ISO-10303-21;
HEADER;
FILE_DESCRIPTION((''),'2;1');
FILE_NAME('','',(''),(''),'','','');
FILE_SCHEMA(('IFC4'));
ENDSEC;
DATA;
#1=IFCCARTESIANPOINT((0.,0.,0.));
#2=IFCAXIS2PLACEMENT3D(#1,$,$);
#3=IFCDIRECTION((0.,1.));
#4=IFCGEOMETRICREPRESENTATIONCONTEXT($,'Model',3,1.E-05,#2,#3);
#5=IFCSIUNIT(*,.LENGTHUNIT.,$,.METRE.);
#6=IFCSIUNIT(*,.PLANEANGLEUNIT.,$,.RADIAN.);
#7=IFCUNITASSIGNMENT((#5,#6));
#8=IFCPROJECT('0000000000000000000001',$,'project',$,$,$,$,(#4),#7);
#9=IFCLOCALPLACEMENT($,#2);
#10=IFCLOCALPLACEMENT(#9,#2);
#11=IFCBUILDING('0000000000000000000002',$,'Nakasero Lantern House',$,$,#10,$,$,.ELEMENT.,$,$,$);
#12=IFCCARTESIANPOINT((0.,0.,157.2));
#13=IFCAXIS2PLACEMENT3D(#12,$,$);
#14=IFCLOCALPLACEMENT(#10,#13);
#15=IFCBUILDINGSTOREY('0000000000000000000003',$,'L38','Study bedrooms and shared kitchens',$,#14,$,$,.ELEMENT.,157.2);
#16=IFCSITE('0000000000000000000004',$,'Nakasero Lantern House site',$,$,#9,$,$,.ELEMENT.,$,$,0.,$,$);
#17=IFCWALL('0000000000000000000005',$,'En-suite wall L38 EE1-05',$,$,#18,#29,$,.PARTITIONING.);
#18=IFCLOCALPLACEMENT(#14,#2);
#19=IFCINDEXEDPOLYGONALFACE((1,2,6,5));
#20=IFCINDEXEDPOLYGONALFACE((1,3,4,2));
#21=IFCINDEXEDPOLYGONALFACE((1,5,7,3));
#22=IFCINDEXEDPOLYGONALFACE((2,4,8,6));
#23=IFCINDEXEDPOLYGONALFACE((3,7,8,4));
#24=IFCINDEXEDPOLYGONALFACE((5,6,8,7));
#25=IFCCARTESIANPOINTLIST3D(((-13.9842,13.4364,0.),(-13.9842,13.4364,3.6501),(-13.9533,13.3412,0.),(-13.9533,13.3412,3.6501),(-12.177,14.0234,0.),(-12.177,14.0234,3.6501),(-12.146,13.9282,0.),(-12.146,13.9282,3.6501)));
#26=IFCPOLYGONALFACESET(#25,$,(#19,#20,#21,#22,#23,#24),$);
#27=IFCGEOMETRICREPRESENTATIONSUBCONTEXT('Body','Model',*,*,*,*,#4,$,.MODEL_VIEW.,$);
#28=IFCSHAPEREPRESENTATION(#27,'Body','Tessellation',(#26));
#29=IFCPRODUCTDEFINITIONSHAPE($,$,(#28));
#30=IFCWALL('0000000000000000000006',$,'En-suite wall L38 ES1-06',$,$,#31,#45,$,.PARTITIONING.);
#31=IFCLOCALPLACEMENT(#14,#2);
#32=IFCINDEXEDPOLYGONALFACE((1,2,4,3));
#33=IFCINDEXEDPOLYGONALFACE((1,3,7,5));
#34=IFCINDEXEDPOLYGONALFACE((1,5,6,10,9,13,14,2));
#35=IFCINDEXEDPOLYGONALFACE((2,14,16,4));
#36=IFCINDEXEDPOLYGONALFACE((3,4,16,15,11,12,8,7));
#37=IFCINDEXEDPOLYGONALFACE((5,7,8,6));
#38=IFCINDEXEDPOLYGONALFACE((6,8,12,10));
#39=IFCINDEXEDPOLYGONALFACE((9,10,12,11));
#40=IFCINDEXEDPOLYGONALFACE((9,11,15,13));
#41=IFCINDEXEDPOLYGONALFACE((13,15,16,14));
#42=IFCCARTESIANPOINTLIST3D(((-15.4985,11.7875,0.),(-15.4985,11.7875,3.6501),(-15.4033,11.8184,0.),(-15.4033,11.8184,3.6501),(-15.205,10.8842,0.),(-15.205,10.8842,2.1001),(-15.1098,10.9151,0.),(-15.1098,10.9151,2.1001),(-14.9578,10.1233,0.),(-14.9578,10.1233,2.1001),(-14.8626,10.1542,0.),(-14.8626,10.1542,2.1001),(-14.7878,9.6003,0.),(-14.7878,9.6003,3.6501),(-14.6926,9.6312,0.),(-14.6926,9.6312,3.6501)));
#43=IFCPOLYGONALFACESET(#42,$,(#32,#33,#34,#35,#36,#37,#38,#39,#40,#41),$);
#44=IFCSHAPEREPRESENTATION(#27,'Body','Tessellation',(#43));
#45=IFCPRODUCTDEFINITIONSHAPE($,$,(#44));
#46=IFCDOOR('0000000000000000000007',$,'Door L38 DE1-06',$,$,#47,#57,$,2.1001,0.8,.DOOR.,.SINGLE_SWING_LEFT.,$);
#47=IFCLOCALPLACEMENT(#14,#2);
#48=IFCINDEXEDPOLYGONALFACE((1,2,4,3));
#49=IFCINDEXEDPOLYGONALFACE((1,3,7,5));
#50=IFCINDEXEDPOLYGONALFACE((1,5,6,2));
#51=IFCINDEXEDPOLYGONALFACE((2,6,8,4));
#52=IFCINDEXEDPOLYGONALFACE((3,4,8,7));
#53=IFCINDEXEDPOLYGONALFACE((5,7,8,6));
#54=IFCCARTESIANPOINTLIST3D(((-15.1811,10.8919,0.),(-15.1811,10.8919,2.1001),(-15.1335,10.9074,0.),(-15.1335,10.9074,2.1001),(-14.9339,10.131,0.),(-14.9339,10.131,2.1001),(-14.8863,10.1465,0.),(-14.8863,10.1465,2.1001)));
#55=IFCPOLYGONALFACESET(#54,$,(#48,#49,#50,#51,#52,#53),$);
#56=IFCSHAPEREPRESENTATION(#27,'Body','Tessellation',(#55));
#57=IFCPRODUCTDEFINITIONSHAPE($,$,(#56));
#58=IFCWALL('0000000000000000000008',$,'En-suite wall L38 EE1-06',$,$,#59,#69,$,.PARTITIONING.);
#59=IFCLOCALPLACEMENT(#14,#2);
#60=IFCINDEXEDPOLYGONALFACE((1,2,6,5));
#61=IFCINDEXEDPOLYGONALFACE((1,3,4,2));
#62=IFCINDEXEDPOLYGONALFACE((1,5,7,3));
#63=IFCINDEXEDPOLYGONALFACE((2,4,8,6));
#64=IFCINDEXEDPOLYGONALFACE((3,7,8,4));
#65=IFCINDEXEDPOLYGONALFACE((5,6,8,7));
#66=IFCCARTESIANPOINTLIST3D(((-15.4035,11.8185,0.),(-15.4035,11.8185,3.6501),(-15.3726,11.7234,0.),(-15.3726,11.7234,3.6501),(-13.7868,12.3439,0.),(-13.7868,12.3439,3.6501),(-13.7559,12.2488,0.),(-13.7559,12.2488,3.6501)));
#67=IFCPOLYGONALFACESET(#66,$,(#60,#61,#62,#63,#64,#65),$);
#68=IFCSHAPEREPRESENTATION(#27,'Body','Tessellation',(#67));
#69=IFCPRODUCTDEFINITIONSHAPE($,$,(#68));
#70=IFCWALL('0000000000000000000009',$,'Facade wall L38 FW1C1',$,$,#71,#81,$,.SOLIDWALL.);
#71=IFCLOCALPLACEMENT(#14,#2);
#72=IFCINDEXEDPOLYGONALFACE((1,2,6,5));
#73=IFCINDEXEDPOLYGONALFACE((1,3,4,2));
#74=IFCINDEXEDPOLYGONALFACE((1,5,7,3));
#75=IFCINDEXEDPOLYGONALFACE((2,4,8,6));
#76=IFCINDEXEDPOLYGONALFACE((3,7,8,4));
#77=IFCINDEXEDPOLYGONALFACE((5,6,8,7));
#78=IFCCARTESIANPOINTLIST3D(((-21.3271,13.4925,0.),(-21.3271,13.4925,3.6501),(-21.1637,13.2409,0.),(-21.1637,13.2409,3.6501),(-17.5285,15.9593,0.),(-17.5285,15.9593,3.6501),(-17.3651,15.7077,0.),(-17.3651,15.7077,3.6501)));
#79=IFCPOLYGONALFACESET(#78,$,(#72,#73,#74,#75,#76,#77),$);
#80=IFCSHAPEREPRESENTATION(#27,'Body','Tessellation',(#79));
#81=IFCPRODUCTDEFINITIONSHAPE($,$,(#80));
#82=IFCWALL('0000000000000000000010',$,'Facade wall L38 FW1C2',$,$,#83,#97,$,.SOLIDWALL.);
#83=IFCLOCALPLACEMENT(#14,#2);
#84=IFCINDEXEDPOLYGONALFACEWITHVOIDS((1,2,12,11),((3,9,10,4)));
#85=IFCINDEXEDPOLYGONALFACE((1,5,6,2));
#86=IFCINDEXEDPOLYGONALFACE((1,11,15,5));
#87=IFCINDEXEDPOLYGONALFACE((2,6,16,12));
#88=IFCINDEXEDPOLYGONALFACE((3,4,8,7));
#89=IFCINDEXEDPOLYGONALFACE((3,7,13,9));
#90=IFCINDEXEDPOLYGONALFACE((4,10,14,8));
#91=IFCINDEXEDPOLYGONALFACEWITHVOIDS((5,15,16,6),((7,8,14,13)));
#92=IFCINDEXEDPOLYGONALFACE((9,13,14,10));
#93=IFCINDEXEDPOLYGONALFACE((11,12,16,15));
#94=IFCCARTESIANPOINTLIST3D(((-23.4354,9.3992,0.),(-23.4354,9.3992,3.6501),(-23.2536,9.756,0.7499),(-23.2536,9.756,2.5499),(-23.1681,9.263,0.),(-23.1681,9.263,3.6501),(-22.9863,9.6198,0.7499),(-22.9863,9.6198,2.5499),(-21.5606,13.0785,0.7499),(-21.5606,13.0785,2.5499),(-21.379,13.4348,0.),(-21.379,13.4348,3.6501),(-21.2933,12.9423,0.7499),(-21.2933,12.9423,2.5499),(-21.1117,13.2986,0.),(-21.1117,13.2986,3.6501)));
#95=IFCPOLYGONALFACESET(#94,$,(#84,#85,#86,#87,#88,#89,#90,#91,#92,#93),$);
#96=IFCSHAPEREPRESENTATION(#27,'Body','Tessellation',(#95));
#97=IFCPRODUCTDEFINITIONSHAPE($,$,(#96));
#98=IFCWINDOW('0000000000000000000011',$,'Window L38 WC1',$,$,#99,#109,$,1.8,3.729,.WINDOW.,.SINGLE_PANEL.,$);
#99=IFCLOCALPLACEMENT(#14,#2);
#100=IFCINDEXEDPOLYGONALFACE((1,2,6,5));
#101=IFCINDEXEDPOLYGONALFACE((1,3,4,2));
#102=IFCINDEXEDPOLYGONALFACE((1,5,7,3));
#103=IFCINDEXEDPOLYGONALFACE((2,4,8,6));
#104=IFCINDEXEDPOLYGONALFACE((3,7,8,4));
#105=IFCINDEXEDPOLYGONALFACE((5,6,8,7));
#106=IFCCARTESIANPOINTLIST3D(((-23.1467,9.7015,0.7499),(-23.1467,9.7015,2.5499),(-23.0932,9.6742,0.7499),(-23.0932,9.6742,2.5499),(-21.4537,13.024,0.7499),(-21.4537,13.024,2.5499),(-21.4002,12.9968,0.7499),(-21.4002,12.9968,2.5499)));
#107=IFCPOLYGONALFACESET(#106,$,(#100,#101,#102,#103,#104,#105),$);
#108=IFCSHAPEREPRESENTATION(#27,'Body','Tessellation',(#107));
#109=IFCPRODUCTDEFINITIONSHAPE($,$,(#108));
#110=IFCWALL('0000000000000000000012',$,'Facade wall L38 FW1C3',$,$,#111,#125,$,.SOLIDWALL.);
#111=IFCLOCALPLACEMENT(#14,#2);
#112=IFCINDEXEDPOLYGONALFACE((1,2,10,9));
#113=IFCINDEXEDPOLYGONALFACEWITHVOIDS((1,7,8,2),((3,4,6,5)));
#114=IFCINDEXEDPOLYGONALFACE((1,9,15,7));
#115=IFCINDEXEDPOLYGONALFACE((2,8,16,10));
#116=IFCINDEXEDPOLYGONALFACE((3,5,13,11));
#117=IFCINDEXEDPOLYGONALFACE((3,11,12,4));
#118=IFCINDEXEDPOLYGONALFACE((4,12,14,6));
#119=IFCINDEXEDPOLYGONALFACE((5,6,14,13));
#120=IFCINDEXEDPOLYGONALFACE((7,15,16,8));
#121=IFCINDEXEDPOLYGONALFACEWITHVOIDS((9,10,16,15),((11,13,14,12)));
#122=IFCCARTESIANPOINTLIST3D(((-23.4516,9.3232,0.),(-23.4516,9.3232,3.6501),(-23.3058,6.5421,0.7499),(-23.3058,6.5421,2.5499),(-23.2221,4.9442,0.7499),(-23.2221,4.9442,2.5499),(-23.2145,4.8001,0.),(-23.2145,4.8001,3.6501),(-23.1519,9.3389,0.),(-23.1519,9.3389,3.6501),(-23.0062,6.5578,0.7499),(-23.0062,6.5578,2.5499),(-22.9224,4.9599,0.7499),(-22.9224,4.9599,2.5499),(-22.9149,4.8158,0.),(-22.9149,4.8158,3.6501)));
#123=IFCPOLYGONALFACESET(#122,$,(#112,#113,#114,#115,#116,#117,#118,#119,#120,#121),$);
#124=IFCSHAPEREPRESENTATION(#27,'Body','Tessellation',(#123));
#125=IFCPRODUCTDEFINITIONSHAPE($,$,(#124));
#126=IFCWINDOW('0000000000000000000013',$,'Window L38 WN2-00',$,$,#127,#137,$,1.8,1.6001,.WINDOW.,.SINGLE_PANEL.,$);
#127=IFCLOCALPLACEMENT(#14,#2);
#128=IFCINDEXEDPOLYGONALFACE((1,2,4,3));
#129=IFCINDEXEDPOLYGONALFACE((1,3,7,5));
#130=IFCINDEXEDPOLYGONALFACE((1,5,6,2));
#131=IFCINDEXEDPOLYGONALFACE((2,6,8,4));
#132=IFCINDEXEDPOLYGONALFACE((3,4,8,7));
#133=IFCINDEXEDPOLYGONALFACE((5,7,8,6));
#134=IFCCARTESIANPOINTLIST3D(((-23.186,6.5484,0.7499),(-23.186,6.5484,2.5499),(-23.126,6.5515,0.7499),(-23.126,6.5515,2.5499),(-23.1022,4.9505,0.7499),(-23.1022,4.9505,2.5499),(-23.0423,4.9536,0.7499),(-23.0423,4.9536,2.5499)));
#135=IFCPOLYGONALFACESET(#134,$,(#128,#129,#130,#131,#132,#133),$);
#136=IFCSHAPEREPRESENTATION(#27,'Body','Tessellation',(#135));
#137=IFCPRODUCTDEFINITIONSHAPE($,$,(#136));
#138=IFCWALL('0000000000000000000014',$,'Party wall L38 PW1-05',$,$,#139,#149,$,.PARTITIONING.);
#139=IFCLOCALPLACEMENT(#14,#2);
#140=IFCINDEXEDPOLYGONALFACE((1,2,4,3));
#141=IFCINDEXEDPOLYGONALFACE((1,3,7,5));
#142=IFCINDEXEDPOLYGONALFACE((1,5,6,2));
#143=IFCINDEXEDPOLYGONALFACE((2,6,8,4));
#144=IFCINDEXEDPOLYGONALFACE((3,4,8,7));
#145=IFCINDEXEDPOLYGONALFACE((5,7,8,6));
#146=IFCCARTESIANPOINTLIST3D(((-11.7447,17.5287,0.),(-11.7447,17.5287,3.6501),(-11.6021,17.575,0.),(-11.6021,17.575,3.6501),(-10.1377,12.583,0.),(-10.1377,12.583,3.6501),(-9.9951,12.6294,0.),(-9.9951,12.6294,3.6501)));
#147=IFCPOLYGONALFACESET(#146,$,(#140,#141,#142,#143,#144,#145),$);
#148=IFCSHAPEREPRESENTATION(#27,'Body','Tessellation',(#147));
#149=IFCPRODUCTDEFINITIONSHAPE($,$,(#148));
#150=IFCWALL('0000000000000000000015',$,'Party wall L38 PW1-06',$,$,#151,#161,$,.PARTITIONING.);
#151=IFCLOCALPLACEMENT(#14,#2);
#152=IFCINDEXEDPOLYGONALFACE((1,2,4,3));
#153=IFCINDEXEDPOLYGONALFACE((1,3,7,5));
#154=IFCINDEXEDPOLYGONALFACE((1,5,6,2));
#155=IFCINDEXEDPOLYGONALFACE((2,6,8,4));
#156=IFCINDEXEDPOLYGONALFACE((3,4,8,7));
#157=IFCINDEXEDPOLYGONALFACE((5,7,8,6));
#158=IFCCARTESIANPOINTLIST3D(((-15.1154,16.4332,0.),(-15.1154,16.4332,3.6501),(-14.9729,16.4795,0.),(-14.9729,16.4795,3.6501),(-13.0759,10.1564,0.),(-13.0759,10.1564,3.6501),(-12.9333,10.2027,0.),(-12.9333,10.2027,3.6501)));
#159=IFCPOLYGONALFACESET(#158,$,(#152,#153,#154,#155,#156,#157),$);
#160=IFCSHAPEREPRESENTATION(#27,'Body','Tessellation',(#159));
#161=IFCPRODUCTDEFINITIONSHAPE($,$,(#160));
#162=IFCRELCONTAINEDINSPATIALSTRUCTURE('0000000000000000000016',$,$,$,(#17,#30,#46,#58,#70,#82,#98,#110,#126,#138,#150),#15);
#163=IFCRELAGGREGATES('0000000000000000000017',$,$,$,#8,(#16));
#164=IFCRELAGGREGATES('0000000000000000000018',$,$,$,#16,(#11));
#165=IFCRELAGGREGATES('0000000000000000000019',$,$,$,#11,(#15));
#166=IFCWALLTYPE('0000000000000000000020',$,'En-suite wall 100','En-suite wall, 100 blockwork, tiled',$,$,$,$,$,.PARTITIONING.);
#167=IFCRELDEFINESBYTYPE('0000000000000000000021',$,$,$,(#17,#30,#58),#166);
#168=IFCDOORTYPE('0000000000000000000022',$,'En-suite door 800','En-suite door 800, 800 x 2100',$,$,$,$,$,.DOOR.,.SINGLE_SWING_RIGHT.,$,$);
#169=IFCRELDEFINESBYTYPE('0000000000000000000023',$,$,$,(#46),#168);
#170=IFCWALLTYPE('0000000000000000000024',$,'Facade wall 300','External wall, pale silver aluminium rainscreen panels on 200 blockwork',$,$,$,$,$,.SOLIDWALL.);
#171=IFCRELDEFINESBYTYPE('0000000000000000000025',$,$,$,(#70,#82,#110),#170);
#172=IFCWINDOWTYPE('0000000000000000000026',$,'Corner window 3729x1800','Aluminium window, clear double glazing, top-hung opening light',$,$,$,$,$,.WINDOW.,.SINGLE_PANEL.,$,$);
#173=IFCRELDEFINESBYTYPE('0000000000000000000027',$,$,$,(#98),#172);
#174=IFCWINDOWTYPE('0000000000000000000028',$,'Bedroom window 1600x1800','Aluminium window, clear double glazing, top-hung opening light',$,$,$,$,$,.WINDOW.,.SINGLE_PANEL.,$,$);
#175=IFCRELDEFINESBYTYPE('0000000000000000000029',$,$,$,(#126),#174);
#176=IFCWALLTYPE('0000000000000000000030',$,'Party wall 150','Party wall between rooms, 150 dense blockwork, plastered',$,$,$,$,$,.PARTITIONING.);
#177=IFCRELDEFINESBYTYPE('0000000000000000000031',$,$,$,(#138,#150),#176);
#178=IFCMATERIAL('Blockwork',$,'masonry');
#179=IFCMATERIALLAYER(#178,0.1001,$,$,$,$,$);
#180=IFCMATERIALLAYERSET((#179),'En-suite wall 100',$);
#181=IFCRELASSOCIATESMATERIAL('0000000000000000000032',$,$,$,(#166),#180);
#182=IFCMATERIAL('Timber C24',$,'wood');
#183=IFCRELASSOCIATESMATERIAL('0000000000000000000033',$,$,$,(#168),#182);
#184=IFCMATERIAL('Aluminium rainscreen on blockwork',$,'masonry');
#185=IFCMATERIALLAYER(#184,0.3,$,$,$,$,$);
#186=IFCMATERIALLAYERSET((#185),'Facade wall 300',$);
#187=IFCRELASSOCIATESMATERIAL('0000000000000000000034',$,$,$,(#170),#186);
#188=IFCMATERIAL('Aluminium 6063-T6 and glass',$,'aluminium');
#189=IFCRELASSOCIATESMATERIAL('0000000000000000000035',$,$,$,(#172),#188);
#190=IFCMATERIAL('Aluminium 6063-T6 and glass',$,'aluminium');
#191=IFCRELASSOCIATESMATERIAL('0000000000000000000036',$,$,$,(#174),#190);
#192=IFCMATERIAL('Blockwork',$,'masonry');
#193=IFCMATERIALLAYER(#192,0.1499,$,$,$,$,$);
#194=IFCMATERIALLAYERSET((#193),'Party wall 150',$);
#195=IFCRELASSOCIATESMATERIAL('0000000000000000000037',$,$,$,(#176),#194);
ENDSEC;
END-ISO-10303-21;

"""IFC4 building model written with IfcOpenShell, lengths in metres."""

from ifc_helpers import new_model, si_unit, direction, frame, frame_2d, origin, place, context, subcontext, project, spatial, rectangle, extrude, material, layer, layer_set, type_object, element, fill, save


model = new_model("IFC4")

# Units and contexts
model_context = context("Model", 3, precision=1e-05, world=origin(), true_north=direction((0.0, 1.0)))
body_context = subcontext(model_context, "Body", "Model", "MODEL_VIEW")
ifc_project = project(units=[si_unit("LENGTHUNIT", "METRE"), si_unit("PLANEANGLEUNIT", "RADIAN")], contexts=[model_context])

# Site, building, storey
site_placement = place(None, origin())
site = spatial("IfcSite", under=ifc_project, at=site_placement, Name="Nakasero Lantern House site", CompositionType="ELEMENT", RefElevation=0.0)
building_placement = place(site_placement, origin())
building = spatial("IfcBuilding", under=site, at=building_placement, Name="Nakasero Lantern House", CompositionType="ELEMENT")
storey_placement = place(building_placement, frame((0.0, 0.0, 157.2)))
storey = spatial("IfcBuildingStorey", under=building, at=storey_placement, Name="L38", Description="Study bedrooms and shared kitchens", CompositionType="ELEMENT", Elevation=157.2)

# Shared definitions
ifc_material_1 = material(Name="Blockwork", Category="masonry")
ifc_layer_1 = layer(ifc_material_1, 0.1001)
ifc_layer_set_1 = layer_set([ifc_layer_1], Name="En-suite wall 100")
wall_type_1 = type_object("IfcWallType", Name="En-suite wall 100", Description="En-suite wall, 100 blockwork, tiled", PredefinedType="PARTITIONING", material=ifc_layer_set_1)
ifc_material_2 = material(Name="Timber C24", Category="wood")
door_type_1 = type_object("IfcDoorType", Name="En-suite door 800", Description="En-suite door 800, 800 x 2100", OperationType="SINGLE_SWING_RIGHT", PredefinedType="DOOR", material=ifc_material_2)

# Wall
wall_1_placement = place(storey_placement, frame((-12.1614, 13.9758, 0.0), z_axis=(0.0, 0.0, 1.0), x_axis=(-0.951096, -0.308894, 0.0)))
element("IfcWall", 1, at=wall_1_placement, inside=storey, type_object=wall_type_1, Name="En-suite wall L38 EE1-05", PredefinedType="PARTITIONING", context=body_context, shape_type="SweptSolid", body=[
    extrude(rectangle(XDim=1.9001, YDim=0.1001, at=frame_2d((0.9502, 0.0))), origin(), (0.0, 0.0, 1.0), 3.6501),
])

# Wall, opening, door
wall_2_placement = place(storey_placement, frame((-14.7402, 9.6157, 0.0), z_axis=(0.0, 0.0, 1.0), x_axis=(-0.309021, 0.951055, 0.0)))
wall_2 = element("IfcWall", 2, at=wall_2_placement, inside=storey, type_object=wall_type_1, Name="En-suite wall L38 ES1-06", PredefinedType="PARTITIONING", context=body_context, shape_type="SweptSolid", body=[
    extrude(rectangle(XDim=2.2998, YDim=0.1001, at=frame_2d((1.1499, 0.0))), origin(), (0.0, 0.0, 1.0), 3.6501),
])
opening_1_placement = place(wall_2_placement, frame((0.55, 0.0, 0.0)))
opening_1 = element("IfcOpeningElement", 3, at=opening_1_placement, cuts=wall_2, PredefinedType="OPENING", context=body_context, shape_type="SweptSolid", body=[
    extrude(rectangle(XDim=0.8, YDim=2.1001, at=frame_2d((0.3999, 1.05))), frame((0.0, 0.0701, 0.0), z_axis=(0.0, -1.0, 0.0), x_axis=(1.0, 0.0, 0.0)), (0.0, 0.0, 1.0), 0.1401),
])
door_1_placement = place(opening_1_placement, origin())
door_1 = element("IfcDoor", 4, at=door_1_placement, inside=storey, type_object=door_type_1, Name="Door L38 DE1-06", OperationType="SINGLE_SWING_LEFT", OverallHeight=2.1001, OverallWidth=0.8, PredefinedType="DOOR", context=body_context, shape_type="SweptSolid", body=[
    extrude(rectangle(XDim=0.8, YDim=2.1001, at=frame_2d((0.3999, 1.05))), frame((0.0, 0.0249, 0.0), z_axis=(0.0, -1.0, 0.0), x_axis=(1.0, 0.0, 0.0)), (0.0, 0.0, 1.0), 0.05),
])
fill(opening_1, door_1)

# Walls
wall_3_placement = place(storey_placement, frame((-13.7712, 12.2964, 0.0), z_axis=(0.0, 0.0, 1.0), x_axis=(-0.95104, -0.309067, 0.0)))
element("IfcWall", 5, at=wall_3_placement, inside=storey, type_object=wall_type_1, Name="En-suite wall L38 EE1-06", PredefinedType="PARTITIONING", context=body_context, shape_type="SweptSolid", body=[
    extrude(rectangle(XDim=1.7, YDim=0.1001, at=frame_2d((0.8501, 0.0))), origin(), (0.0, 0.0, 1.0), 3.6501),
])
ifc_material_3 = material(Name="Aluminium rainscreen on blockwork", Category="masonry")
ifc_layer_2 = layer(ifc_material_3, 0.3)
ifc_layer_set_2 = layer_set([ifc_layer_2], Name="Facade wall 300")
wall_type_2 = type_object("IfcWallType", Name="Facade wall 300", Description="External wall, pale silver aluminium rainscreen panels on 200 blockwork", PredefinedType="SOLIDWALL", material=ifc_layer_set_2)
wall_4_placement = place(storey_placement, frame((-17.4468, 15.8335, 0.0), z_axis=(0.0, 0.0, 1.0), x_axis=(-0.838674, -0.544634, 0.0)))
element("IfcWall", 6, at=wall_4_placement, inside=storey, type_object=wall_type_2, Name="Facade wall L38 FW1C1", PredefinedType="SOLIDWALL", context=body_context, shape_type="SweptSolid", body=[
    extrude(rectangle(XDim=4.5293, YDim=0.3, at=frame_2d((2.2646, 0.0))), origin(), (0.0, 0.0, 1.0), 3.6501),
])

# Walls, openings, windows
wall_5_placement = place(storey_placement, frame((-21.2454, 13.3667, 0.0), z_axis=(0.0, 0.0, 1.0), x_axis=(-0.454014, -0.890995, 0.0)))
wall_5 = element("IfcWall", 7, at=wall_5_placement, inside=storey, type_object=wall_type_2, Name="Facade wall L38 FW1C2", PredefinedType="SOLIDWALL", context=body_context, shape_type="SweptSolid", body=[
    extrude(rectangle(XDim=4.5293, YDim=0.3, at=frame_2d((2.2646, 0.0))), origin(), (0.0, 0.0, 1.0), 3.6501),
])
opening_2_placement = place(wall_5_placement, frame((0.3999, 0.0, 0.75)))
opening_2 = element("IfcOpeningElement", 8, at=opening_2_placement, cuts=wall_5, PredefinedType="OPENING", context=body_context, shape_type="SweptSolid", body=[
    extrude(rectangle(XDim=3.729, YDim=1.8, at=frame_2d((1.8645, 0.8999))), frame((0.0, 0.1699, 0.0), z_axis=(0.0, -1.0, 0.0), x_axis=(1.0, 0.0, 0.0)), (0.0, 0.0, 1.0), 0.3401),
])
ifc_material_4 = material(Name="Aluminium 6063-T6 and glass", Category="aluminium")
window_type_1 = type_object("IfcWindowType", Name="Corner window 3729x1800", Description="Aluminium window, clear double glazing, top-hung opening light", PartitioningType="SINGLE_PANEL", PredefinedType="WINDOW", material=ifc_material_4)
window_1_placement = place(opening_2_placement, origin())
window_1 = element("IfcWindow", 9, at=window_1_placement, inside=storey, type_object=window_type_1, Name="Window L38 WC1", OverallHeight=1.8, OverallWidth=3.729, PartitioningType="SINGLE_PANEL", PredefinedType="WINDOW", context=body_context, shape_type="SweptSolid", body=[
    extrude(rectangle(XDim=3.729, YDim=1.8, at=frame_2d((1.8645, 0.8999))), frame((0.0, 0.03, 0.0), z_axis=(0.0, -1.0, 0.0), x_axis=(1.0, 0.0, 0.0)), (0.0, 0.0, 1.0), 0.0601),
])
fill(opening_2, window_1)
wall_6_placement = place(storey_placement, frame((-23.3018, 9.3311, 0.0), z_axis=(0.0, 0.0, 1.0), x_axis=(0.052338, -0.998629, 0.0)))
wall_6 = element("IfcWall", 10, at=wall_6_placement, inside=storey, type_object=wall_type_2, Name="Facade wall L38 FW1C3", PredefinedType="SOLIDWALL", context=body_context, shape_type="SweptSolid", body=[
    extrude(rectangle(XDim=4.5293, YDim=0.3, at=frame_2d((2.2646, 0.0))), origin(), (0.0, 0.0, 1.0), 3.6501),
])
opening_3_placement = place(wall_6_placement, frame((2.7849, 0.0, 0.75)))
opening_3 = element("IfcOpeningElement", 11, at=opening_3_placement, cuts=wall_6, PredefinedType="OPENING", context=body_context, shape_type="SweptSolid", body=[
    extrude(rectangle(XDim=1.6001, YDim=1.8, at=frame_2d((0.8, 0.8999))), frame((0.0, 0.1699, 0.0), z_axis=(0.0, -1.0, 0.0), x_axis=(1.0, 0.0, 0.0)), (0.0, 0.0, 1.0), 0.3401),
])
ifc_material_5 = material(Name="Aluminium 6063-T6 and glass", Category="aluminium")
window_type_2 = type_object("IfcWindowType", Name="Bedroom window 1600x1800", Description="Aluminium window, clear double glazing, top-hung opening light", PartitioningType="SINGLE_PANEL", PredefinedType="WINDOW", material=ifc_material_5)
window_2_placement = place(opening_3_placement, origin())
window_2 = element("IfcWindow", 12, at=window_2_placement, inside=storey, type_object=window_type_2, Name="Window L38 WN2-00", OverallHeight=1.8, OverallWidth=1.6001, PartitioningType="SINGLE_PANEL", PredefinedType="WINDOW", context=body_context, shape_type="SweptSolid", body=[
    extrude(rectangle(XDim=1.6001, YDim=1.8, at=frame_2d((0.8, 0.8999))), frame((0.0, 0.03, 0.0), z_axis=(0.0, -1.0, 0.0), x_axis=(1.0, 0.0, 0.0)), (0.0, 0.0, 1.0), 0.0601),
])
fill(opening_3, window_2)

# Walls
ifc_material_6 = material(Name="Blockwork", Category="masonry")
ifc_layer_3 = layer(ifc_material_6, 0.1499)
ifc_layer_set_3 = layer_set([ifc_layer_3], Name="Party wall 150")
wall_type_3 = type_object("IfcWallType", Name="Party wall 150", Description="Party wall between rooms, 150 dense blockwork, plastered", PredefinedType="PARTITIONING", material=ifc_layer_set_3)
wall_7_placement = place(storey_placement, frame((-10.0664, 12.6062, 0.0), z_axis=(0.0, 0.0, 1.0), x_axis=(-0.309021, 0.951055, 0.0)))
element("IfcWall", 13, at=wall_7_placement, inside=storey, type_object=wall_type_3, Name="Party wall L38 PW1-05", PredefinedType="PARTITIONING", context=body_context, shape_type="SweptSolid", body=[
    extrude(rectangle(XDim=5.2002, YDim=0.1499, at=frame_2d((2.6001, 0.0))), origin(), (0.0, 0.0, 1.0), 3.6501),
])
wall_8_placement = place(storey_placement, frame((-13.0046, 10.1797, 0.0), z_axis=(0.0, 0.0, 1.0), x_axis=(-0.309028, 0.951053, 0.0)))
element("IfcWall", 14, at=wall_8_placement, inside=storey, type_object=wall_type_3, Name="Party wall L38 PW1-06", PredefinedType="PARTITIONING", context=body_context, shape_type="SweptSolid", body=[
    extrude(rectangle(XDim=6.5999, YDim=0.1499, at=frame_2d((3.2998, 0.0))), origin(), (0.0, 0.0, 1.0), 3.6501),
])

save(model, "model.ifc")
